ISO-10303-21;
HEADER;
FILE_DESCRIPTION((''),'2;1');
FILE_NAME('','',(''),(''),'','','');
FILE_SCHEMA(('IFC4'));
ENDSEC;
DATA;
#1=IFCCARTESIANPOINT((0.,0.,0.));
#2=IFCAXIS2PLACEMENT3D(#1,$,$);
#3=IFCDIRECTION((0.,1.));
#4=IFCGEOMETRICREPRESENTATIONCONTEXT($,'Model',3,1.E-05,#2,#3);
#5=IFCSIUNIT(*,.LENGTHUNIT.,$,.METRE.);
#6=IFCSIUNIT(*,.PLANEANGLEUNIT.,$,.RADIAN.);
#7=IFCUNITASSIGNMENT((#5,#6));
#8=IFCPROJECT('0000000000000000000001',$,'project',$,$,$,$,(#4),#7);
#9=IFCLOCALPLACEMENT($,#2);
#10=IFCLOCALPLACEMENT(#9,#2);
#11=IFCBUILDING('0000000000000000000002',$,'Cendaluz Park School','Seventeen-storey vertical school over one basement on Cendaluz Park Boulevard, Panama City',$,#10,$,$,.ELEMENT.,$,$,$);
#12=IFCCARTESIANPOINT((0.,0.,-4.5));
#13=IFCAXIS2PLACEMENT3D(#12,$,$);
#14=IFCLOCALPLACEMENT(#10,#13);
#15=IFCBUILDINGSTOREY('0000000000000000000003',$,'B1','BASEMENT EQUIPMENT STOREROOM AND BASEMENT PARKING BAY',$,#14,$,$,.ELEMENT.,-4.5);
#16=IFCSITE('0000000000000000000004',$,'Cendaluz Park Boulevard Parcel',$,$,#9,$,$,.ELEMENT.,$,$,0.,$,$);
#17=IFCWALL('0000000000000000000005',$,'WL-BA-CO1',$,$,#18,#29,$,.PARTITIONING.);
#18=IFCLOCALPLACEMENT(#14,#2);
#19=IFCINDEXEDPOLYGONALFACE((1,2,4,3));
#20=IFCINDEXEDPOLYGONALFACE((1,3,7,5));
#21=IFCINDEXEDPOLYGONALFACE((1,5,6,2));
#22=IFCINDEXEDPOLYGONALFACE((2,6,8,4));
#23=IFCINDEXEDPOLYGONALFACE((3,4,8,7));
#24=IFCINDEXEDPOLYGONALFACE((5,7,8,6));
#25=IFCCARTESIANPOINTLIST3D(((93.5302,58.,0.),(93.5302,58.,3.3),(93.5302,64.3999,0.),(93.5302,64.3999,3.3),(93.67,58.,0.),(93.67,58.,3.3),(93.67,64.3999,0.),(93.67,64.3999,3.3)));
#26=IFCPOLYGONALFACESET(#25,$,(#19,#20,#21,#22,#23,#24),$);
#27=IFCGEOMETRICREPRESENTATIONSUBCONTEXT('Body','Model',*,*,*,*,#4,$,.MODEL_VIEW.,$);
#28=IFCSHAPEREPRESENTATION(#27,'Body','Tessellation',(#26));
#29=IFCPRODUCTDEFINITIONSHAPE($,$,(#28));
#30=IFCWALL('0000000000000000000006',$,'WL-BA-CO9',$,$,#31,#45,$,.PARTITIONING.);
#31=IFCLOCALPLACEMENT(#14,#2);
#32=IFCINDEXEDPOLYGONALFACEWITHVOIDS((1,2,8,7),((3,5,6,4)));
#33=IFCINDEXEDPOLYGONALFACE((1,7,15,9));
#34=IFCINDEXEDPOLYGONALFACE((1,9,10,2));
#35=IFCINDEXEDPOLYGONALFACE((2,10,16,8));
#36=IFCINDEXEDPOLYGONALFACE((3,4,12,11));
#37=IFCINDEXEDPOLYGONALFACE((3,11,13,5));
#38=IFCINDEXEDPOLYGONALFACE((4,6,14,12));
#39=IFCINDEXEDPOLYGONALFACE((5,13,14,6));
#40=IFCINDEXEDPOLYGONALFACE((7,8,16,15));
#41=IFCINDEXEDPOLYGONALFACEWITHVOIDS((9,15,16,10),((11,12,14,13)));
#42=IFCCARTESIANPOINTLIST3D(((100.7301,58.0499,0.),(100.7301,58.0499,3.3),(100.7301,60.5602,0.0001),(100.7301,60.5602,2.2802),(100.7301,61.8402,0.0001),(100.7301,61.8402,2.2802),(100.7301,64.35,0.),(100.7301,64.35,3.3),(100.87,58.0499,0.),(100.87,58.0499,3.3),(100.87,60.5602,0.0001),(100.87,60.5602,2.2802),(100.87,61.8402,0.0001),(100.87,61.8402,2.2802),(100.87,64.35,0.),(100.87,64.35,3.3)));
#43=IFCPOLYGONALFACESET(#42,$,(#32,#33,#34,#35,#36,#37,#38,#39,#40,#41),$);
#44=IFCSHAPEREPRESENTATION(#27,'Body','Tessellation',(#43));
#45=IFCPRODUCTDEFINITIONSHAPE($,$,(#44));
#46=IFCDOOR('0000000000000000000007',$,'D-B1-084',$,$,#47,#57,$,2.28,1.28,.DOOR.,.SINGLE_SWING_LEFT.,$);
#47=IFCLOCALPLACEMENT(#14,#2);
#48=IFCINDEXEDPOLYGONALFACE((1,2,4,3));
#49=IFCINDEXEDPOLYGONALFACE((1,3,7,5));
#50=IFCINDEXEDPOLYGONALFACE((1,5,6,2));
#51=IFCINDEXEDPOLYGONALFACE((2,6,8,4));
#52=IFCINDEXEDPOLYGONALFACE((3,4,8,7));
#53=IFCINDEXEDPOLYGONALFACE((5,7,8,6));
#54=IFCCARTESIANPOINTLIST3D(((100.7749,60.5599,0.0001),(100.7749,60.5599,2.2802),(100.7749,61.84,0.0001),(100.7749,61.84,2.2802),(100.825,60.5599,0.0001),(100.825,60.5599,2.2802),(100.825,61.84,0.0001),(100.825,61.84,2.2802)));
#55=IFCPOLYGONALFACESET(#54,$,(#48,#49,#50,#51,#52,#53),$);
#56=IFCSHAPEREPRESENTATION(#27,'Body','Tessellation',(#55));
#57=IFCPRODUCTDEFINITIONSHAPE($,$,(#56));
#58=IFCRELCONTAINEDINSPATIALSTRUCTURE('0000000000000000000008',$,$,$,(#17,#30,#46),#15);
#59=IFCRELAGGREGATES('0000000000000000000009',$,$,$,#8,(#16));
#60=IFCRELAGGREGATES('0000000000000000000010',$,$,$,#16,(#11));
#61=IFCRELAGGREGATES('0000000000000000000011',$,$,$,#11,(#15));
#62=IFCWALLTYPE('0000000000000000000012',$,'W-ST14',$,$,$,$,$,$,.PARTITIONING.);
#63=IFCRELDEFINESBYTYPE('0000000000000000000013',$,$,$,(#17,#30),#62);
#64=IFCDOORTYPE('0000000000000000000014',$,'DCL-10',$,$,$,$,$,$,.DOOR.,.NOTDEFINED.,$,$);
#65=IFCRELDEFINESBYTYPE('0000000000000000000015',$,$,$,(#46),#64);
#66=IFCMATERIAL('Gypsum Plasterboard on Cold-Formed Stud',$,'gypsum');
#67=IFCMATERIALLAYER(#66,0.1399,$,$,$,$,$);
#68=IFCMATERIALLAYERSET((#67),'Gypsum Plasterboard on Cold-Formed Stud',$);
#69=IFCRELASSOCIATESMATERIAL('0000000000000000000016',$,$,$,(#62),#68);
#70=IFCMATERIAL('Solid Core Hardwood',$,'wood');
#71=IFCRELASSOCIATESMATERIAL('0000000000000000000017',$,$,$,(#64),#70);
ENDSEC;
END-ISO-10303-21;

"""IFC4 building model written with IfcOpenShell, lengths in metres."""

from ifc_helpers import new_model, si_unit, direction, frame, frame_2d, origin, place, context, subcontext, project, spatial, rectangle, extrude, material, layer, layer_set, type_object, element, fill, save


model = new_model("IFC4")

# Units and contexts
model_context = context("Model", 3, precision=1e-05, world=origin(), true_north=direction((0.0, 1.0)))
body_context = subcontext(model_context, "Body", "Model", "MODEL_VIEW")
ifc_project = project(units=[si_unit("LENGTHUNIT", "METRE"), si_unit("PLANEANGLEUNIT", "RADIAN")], contexts=[model_context])

# Site, building, storey
site_placement = place(None, origin())
site = spatial("IfcSite", under=ifc_project, at=site_placement, Name="Cendaluz Park Boulevard Parcel", CompositionType="ELEMENT", RefElevation=0.0)
building_placement = place(site_placement, origin())
building = spatial("IfcBuilding", under=site, at=building_placement, Name="Cendaluz Park School", Description="Seventeen-storey vertical school over one basement on Cendaluz Park Boulevard, Panama City", CompositionType="ELEMENT")
storey_placement = place(building_placement, frame((0.0, 0.0, -4.5)))
storey = spatial("IfcBuildingStorey", under=building, at=storey_placement, Name="B1", Description="BASEMENT EQUIPMENT STOREROOM AND BASEMENT PARKING BAY", CompositionType="ELEMENT", Elevation=-4.5)

# Wall
ifc_material_1 = material(Name="Gypsum Plasterboard on Cold-Formed Stud", Category="gypsum")
ifc_layer_1 = layer(ifc_material_1, 0.1399)
ifc_layer_set_1 = layer_set([ifc_layer_1], Name="Gypsum Plasterboard on Cold-Formed Stud")
wall_type_1 = type_object("IfcWallType", Name="W-ST14", PredefinedType="PARTITIONING", material=ifc_layer_set_1)
for number, where, z_axis, x_axis, name in (
    (1, (93.6001, 58.0, 0.0), (0.0, 0.0, 1.0), (0.0, 1.0, 0.0), "WL-BA-CO1"),
):
    element("IfcWall", number, at=place(storey_placement, frame(where, z_axis=z_axis, x_axis=x_axis)), inside=storey, type_object=wall_type_1, Name=name, PredefinedType="PARTITIONING", context=body_context, shape_type="SweptSolid", body=[
        extrude(rectangle(XDim=6.3999, YDim=0.1399, at=frame_2d((3.2, 0.0))), origin(), (0.0, 0.0, 1.0), 3.3),
    ])

# Wall, opening, door
wall_1_placement = place(storey_placement, frame((100.8, 58.05, 0.0), z_axis=(0.0, 0.0, 1.0), x_axis=(0.0, 1.0, 0.0)))
wall_1 = element("IfcWall", 2, at=wall_1_placement, inside=storey, type_object=wall_type_1, Name="WL-BA-CO9", PredefinedType="PARTITIONING", context=body_context, shape_type="SweptSolid", body=[
    extrude(rectangle(XDim=6.3, YDim=0.1399, at=frame_2d((3.1499, 0.0))), origin(), (0.0, 0.0, 1.0), 3.3),
])
opening_placement = place(wall_1_placement, frame((2.51, 0.0, 0.0)))
opening = element("IfcOpeningElement", 3, at=opening_placement, cuts=wall_1, PredefinedType="OPENING", context=body_context, shape_type="SweptSolid", body=[
    extrude(rectangle(XDim=1.28, YDim=2.28, at=frame_2d((0.6401, 1.1401))), frame((0.0, 0.082, 0.0), z_axis=(0.0, -1.0, 0.0), x_axis=(1.0, 0.0, 0.0)), (0.0, 0.0, 1.0), 0.1638),
])
ifc_material_2 = material(Name="Solid Core Hardwood", Category="wood")
door_type = type_object("IfcDoorType", Name="DCL-10", OperationType="NOTDEFINED", PredefinedType="DOOR", material=ifc_material_2)
door_placement = place(opening_placement, frame((1.28, 0.0, 0.0), z_axis=(0.0, 0.0, 1.0), x_axis=(-1.0, 0.0, 0.0)))
door = element("IfcDoor", 4, at=door_placement, inside=storey, type_object=door_type, Name="D-B1-084", OperationType="SINGLE_SWING_LEFT", OverallHeight=2.28, OverallWidth=1.28, PredefinedType="DOOR", context=body_context, shape_type="SweptSolid", body=[
    extrude(rectangle(XDim=1.28, YDim=2.28, at=frame_2d((0.6401, 1.1401))), frame((0.0, 0.0249, 0.0), z_axis=(0.0, -1.0, 0.0), x_axis=(1.0, 0.0, 0.0)), (0.0, 0.0, 1.0), 0.05),
])
fill(opening, door)

save(model, "model.ifc")
